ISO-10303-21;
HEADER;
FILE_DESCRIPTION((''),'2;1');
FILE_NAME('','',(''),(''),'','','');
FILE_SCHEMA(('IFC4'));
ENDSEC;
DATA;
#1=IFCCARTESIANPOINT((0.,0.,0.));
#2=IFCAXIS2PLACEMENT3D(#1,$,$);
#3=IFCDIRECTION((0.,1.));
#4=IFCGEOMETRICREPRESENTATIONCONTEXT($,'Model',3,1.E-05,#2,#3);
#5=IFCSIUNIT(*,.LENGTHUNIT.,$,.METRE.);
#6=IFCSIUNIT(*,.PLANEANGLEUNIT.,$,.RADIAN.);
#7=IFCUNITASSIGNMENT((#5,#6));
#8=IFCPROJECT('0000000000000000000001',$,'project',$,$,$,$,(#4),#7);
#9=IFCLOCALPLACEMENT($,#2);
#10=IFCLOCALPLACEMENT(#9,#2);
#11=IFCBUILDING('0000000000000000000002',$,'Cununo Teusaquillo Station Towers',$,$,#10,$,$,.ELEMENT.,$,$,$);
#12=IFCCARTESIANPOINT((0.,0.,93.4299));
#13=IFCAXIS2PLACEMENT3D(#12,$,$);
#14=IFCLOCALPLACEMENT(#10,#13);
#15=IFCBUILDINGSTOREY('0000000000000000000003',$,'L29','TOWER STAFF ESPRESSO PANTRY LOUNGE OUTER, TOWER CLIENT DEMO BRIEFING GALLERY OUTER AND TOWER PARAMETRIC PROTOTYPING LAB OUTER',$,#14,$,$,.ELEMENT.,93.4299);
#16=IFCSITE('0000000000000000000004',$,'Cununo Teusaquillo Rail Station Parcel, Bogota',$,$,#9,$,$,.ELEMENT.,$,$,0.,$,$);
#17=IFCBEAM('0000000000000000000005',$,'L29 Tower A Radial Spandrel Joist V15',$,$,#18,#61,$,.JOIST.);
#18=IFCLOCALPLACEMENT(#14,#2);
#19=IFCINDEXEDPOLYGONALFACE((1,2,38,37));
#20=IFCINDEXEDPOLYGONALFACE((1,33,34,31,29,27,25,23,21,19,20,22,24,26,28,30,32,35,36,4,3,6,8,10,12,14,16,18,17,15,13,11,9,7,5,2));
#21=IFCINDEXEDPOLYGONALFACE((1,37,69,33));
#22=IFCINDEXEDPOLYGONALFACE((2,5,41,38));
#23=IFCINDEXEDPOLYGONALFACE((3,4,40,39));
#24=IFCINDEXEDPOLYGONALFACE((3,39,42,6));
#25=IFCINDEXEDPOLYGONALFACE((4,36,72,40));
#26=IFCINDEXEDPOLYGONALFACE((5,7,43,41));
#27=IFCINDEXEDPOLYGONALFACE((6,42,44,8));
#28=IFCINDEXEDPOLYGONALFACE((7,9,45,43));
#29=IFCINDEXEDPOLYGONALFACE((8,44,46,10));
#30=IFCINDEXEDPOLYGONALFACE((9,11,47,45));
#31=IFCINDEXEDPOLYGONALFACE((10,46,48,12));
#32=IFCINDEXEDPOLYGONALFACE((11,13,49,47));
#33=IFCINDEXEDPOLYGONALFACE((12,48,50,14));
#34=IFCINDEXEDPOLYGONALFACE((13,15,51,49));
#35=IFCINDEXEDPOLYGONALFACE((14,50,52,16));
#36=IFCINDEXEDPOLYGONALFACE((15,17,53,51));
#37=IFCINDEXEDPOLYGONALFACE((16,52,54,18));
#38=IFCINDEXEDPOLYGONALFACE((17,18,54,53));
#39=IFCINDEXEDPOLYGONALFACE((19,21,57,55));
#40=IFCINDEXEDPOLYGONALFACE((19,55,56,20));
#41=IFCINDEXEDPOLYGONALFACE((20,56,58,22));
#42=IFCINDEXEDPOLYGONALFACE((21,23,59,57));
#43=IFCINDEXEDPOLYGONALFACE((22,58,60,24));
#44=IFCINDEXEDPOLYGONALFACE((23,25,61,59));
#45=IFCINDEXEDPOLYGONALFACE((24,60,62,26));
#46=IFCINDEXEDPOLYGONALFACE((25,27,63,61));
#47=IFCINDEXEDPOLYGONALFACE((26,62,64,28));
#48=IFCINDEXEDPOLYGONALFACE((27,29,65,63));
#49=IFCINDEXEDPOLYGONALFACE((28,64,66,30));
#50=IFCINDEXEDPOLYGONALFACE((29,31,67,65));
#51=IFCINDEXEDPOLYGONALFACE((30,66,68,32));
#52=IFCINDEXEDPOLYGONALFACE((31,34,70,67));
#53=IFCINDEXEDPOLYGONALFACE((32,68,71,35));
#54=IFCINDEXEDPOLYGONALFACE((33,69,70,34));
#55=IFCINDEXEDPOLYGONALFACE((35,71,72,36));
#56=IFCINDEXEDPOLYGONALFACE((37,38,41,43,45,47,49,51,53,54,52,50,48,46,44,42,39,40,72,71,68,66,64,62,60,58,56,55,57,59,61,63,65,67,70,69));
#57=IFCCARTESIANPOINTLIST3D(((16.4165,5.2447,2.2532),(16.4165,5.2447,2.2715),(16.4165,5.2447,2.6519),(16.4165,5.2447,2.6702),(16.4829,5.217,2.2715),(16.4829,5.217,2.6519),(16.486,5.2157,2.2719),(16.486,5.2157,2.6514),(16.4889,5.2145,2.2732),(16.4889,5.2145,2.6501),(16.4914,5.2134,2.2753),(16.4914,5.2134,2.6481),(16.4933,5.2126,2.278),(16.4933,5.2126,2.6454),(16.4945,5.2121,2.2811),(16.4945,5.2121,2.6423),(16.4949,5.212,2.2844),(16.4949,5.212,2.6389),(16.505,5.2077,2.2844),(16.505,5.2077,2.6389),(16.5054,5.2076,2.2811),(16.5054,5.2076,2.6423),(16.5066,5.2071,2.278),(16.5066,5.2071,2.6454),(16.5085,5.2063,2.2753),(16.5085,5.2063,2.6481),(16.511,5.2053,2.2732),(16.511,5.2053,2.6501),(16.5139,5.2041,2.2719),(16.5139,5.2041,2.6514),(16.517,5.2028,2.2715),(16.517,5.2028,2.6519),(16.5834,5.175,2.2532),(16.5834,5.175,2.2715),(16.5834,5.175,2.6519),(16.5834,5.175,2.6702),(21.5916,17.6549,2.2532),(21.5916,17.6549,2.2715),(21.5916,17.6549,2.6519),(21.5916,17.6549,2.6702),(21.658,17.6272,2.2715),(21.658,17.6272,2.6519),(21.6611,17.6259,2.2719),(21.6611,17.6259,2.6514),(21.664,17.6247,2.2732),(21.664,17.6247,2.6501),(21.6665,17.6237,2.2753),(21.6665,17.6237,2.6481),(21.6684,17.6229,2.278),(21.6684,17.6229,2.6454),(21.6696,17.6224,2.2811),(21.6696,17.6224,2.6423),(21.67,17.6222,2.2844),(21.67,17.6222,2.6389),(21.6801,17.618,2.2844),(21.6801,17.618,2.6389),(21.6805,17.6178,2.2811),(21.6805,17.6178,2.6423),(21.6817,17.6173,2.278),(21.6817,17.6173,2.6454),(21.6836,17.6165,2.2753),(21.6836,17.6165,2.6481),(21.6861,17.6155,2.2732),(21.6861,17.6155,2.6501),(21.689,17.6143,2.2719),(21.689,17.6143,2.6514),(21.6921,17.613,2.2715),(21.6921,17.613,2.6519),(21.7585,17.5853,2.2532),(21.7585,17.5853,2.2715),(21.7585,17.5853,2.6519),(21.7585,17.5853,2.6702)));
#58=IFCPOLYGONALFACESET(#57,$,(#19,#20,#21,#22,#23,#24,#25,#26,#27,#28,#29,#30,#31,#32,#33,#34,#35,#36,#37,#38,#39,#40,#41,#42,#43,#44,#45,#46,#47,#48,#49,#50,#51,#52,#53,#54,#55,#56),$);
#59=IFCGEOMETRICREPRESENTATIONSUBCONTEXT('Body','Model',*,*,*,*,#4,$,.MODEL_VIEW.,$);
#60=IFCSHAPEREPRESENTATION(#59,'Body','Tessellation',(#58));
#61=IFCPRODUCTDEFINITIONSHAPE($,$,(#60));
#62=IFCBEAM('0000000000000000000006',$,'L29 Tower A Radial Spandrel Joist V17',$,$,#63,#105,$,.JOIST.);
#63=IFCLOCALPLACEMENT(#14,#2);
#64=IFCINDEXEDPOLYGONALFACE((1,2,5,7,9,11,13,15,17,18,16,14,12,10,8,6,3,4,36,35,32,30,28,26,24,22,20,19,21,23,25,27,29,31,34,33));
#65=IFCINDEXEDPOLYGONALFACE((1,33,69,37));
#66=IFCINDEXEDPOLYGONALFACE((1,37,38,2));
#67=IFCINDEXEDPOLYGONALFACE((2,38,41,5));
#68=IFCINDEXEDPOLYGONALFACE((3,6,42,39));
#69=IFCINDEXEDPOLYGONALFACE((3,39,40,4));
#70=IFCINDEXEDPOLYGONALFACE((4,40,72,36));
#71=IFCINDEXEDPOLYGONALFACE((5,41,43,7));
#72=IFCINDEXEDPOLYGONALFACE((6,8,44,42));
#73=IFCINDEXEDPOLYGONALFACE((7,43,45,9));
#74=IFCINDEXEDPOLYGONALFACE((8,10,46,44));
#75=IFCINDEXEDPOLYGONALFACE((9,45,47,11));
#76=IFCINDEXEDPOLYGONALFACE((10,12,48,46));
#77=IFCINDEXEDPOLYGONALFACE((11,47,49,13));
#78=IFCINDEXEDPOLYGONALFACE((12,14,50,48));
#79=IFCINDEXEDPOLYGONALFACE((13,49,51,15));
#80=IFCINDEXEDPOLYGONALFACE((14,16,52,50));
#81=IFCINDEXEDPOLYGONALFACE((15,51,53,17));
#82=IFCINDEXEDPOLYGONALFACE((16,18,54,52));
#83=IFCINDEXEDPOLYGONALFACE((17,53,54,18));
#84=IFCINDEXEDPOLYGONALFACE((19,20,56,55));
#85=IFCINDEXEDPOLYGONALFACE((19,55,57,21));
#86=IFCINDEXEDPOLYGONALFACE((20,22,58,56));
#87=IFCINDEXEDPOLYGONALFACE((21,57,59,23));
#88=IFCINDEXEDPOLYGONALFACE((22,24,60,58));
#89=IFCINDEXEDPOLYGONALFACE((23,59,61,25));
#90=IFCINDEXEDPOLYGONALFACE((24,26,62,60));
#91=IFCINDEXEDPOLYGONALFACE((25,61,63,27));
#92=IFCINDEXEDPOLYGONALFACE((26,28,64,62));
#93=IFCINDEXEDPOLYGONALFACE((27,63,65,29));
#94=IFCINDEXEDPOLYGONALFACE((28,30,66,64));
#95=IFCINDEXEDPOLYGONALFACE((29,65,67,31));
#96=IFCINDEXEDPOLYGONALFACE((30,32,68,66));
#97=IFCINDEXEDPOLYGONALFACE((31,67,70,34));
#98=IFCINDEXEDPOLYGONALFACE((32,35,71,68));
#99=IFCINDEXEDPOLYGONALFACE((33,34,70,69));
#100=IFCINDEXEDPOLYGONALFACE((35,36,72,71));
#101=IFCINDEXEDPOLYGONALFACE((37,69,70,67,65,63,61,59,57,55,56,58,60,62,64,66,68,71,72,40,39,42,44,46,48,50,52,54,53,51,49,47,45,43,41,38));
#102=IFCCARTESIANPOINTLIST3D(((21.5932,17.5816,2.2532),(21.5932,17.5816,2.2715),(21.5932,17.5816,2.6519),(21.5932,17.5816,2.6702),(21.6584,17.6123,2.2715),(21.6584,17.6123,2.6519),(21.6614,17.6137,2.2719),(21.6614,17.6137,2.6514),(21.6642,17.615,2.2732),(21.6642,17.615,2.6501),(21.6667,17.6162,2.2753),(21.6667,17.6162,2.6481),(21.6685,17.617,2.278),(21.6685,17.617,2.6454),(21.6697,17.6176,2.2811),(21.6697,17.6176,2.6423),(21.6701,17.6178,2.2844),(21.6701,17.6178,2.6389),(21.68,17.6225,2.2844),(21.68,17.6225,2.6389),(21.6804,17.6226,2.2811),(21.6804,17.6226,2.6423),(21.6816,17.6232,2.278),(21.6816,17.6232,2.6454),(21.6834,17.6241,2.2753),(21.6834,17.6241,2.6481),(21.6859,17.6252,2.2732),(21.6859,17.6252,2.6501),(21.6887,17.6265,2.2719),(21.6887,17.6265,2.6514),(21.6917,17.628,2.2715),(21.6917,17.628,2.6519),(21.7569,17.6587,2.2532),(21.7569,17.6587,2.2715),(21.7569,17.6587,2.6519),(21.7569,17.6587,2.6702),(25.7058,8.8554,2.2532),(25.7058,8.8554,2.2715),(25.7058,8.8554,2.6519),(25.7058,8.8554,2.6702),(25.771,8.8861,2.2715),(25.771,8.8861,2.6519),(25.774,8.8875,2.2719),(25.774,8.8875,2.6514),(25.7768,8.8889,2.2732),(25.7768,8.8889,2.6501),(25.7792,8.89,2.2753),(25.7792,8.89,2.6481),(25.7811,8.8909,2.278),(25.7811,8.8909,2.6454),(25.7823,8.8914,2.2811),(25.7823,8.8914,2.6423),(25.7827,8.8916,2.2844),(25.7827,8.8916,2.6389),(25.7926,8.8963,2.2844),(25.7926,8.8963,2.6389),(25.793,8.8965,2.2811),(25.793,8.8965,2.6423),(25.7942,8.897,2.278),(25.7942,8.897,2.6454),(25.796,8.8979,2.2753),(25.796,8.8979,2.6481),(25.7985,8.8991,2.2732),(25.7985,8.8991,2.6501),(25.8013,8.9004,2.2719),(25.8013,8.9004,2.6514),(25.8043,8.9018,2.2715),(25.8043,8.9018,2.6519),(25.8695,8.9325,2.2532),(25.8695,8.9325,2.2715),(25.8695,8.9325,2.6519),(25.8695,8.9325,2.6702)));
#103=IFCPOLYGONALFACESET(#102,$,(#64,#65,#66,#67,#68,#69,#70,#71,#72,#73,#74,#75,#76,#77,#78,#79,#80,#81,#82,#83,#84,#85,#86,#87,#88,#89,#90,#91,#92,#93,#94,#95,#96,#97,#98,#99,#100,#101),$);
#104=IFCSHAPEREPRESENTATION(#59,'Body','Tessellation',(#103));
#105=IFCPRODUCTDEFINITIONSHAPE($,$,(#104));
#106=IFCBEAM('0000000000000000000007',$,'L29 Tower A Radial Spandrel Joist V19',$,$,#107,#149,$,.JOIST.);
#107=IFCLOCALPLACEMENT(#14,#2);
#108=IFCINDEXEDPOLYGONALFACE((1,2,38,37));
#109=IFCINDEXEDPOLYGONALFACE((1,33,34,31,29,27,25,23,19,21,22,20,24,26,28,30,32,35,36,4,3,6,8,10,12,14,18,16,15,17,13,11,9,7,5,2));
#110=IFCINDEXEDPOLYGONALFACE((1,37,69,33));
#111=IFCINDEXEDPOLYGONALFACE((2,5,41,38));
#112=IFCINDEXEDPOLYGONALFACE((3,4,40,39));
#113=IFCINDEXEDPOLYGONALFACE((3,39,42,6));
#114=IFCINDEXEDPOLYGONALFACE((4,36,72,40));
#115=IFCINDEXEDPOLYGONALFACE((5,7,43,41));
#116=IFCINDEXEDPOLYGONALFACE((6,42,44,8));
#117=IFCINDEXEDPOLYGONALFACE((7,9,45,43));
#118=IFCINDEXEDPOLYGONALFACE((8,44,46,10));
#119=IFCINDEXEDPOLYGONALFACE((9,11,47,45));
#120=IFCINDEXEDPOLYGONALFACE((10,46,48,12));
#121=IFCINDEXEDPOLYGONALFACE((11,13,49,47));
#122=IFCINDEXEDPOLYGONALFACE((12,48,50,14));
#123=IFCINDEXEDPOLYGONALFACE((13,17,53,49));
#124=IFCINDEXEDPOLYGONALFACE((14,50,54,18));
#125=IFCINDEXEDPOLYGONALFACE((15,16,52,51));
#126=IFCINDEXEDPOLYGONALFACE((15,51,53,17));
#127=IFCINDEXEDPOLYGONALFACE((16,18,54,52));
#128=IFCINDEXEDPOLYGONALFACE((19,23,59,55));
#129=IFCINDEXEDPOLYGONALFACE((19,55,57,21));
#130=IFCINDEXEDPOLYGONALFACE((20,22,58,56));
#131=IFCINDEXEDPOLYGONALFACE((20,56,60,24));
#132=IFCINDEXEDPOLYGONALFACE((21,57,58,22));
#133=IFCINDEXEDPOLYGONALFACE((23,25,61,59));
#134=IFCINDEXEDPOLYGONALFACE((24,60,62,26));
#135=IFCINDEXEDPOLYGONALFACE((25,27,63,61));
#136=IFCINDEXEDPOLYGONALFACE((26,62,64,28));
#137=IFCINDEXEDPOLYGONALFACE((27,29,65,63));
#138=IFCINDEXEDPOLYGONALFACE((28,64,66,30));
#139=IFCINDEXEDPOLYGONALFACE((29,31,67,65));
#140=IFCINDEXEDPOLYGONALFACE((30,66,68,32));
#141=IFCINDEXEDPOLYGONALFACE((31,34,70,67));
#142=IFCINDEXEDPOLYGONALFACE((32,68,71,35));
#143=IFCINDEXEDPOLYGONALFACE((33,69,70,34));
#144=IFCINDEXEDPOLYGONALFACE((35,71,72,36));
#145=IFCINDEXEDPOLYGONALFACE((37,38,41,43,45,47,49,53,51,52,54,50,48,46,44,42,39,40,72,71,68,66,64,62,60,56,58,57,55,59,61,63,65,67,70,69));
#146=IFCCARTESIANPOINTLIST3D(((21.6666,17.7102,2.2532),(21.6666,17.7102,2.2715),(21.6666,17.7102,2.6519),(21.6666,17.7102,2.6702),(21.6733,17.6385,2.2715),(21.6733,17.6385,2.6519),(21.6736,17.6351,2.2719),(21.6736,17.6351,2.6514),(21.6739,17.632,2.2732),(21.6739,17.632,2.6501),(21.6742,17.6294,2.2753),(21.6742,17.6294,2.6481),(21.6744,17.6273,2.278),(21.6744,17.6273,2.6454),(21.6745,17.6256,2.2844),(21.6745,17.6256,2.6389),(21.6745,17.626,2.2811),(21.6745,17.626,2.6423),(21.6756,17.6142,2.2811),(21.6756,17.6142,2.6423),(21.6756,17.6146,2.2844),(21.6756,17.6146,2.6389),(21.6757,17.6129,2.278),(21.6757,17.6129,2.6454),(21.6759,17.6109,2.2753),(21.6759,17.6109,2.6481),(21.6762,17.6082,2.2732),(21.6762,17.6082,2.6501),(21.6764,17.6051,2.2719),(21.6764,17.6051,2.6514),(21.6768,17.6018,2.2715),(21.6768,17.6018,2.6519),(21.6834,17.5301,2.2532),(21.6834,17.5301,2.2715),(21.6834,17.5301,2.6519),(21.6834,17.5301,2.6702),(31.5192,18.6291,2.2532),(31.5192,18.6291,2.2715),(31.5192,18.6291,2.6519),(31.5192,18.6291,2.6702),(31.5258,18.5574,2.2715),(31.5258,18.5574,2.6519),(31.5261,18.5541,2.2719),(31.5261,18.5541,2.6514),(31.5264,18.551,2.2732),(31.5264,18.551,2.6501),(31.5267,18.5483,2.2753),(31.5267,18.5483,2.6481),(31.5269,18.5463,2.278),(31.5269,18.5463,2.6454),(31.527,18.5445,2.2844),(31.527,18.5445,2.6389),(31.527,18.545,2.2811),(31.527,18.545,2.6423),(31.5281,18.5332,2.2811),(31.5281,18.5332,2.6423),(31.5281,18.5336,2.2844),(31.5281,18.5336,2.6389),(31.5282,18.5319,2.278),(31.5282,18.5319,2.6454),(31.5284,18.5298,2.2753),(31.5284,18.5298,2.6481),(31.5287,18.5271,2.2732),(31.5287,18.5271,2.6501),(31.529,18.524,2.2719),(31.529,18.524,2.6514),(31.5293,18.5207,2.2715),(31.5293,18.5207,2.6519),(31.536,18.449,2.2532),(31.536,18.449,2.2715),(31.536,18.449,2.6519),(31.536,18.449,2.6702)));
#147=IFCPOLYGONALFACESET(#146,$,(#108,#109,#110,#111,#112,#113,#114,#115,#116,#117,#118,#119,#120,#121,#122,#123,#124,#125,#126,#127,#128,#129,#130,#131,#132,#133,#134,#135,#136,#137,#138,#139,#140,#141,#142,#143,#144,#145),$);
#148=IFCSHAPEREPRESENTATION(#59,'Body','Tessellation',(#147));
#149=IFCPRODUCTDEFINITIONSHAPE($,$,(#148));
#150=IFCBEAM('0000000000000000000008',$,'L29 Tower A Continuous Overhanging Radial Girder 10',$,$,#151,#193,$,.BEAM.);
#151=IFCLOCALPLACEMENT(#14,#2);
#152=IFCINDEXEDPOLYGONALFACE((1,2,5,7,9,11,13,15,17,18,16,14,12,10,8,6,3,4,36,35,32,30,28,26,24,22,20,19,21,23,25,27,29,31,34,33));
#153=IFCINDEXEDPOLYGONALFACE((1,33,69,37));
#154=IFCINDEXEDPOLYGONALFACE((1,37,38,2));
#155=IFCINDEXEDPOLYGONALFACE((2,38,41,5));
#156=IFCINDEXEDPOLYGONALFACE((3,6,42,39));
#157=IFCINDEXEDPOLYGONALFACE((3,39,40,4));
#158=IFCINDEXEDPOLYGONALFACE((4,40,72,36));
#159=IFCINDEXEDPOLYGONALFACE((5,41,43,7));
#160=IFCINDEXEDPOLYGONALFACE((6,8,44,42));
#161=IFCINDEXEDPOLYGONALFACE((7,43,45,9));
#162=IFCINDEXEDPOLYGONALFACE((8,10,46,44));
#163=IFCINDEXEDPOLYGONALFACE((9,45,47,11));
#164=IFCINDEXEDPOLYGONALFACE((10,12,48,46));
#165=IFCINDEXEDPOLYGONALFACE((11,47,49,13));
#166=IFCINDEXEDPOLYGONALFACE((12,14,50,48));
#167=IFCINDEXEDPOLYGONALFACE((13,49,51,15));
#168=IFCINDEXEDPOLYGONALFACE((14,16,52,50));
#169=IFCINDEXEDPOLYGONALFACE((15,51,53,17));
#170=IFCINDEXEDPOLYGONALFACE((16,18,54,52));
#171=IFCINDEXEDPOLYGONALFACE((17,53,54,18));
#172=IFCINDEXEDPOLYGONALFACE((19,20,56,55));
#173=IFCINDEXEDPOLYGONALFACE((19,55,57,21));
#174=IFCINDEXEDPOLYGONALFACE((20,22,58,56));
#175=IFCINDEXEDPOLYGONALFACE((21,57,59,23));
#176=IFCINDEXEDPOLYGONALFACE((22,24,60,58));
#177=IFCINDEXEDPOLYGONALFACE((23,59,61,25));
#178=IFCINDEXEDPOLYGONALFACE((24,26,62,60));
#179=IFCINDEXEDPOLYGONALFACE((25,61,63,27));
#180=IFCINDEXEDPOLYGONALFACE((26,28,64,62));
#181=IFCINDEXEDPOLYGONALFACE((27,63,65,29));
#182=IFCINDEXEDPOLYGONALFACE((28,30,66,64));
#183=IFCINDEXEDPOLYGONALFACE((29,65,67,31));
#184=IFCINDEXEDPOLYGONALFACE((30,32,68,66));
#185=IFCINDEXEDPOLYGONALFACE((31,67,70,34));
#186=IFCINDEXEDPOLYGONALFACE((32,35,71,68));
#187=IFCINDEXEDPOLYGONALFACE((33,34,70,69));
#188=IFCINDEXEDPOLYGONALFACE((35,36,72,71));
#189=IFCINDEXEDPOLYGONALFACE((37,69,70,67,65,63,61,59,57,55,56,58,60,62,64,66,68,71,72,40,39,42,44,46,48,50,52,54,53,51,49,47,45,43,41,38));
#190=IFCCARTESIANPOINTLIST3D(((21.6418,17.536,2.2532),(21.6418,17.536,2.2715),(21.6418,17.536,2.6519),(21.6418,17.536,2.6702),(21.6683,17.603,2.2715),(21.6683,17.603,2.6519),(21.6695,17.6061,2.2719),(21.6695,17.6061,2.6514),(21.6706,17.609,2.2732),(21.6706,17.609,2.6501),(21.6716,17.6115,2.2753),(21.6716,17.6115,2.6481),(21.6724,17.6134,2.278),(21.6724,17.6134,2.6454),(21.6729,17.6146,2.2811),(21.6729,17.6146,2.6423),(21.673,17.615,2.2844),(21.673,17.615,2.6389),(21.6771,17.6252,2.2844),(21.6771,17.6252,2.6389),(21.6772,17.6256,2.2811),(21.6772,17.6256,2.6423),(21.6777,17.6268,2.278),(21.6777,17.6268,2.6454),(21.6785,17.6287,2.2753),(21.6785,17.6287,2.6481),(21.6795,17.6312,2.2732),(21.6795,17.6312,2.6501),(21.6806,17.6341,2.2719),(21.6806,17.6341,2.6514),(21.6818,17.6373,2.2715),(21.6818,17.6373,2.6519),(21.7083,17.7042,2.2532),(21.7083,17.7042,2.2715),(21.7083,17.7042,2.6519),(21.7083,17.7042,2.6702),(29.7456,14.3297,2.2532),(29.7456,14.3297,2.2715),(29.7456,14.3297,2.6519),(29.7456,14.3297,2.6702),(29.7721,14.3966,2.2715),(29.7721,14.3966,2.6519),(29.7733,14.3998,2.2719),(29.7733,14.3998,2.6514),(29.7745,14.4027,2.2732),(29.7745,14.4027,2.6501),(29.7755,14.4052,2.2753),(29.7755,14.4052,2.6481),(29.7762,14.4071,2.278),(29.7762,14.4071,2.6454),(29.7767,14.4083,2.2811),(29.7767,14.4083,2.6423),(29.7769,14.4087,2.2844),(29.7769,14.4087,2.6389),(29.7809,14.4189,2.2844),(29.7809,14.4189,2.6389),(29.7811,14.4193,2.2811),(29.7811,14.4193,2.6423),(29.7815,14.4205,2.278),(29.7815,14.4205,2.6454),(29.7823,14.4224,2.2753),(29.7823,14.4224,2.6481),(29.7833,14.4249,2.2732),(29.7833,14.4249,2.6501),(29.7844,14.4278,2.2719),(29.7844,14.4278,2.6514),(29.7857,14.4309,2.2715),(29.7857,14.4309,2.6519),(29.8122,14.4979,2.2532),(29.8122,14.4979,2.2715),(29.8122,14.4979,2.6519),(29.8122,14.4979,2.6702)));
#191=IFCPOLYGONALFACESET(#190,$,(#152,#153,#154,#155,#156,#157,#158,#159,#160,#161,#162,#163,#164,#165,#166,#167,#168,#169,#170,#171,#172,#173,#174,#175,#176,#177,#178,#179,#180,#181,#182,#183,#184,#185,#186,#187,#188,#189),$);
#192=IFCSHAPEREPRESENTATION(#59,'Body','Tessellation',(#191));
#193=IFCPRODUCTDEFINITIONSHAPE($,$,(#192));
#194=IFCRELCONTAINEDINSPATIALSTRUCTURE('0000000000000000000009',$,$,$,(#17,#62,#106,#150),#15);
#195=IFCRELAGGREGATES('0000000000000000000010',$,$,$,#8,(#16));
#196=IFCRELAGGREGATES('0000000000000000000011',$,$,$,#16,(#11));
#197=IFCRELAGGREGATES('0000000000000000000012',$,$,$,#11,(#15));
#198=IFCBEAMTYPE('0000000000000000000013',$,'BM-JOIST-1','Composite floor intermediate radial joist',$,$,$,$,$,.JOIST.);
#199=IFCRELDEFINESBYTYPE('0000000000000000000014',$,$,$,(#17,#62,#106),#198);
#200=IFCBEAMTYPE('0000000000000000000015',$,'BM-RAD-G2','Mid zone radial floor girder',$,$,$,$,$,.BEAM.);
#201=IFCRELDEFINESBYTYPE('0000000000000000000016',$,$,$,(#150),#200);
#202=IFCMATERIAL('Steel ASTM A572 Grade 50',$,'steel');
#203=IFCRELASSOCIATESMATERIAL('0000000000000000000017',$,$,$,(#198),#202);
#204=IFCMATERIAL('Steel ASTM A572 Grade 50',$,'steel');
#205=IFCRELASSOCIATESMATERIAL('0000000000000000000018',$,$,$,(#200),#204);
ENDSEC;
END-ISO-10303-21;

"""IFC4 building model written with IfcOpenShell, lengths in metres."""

from ifc_helpers import new_model, si_unit, direction, frame, origin, origin_2d, place, context, subcontext, project, spatial, i_section, extrude, material, material_profile, profile_set, type_object, element, save


model = new_model("IFC4")

# Units and contexts
model_context = context("Model", 3, precision=1e-05, world=origin(), true_north=direction((0.0, 1.0)))
body_context = subcontext(model_context, "Body", "Model", "MODEL_VIEW")
ifc_project = project(units=[si_unit("LENGTHUNIT", "METRE"), si_unit("PLANEANGLEUNIT", "RADIAN")], contexts=[model_context])

# Site, building, storey
site_placement = place(None, origin())
site = spatial("IfcSite", under=ifc_project, at=site_placement, Name="Cununo Teusaquillo Rail Station Parcel, Bogota", CompositionType="ELEMENT", RefElevation=0.0)
building_placement = place(site_placement, origin())
building = spatial("IfcBuilding", under=site, at=building_placement, Name="Cununo Teusaquillo Station Towers", CompositionType="ELEMENT")
storey_placement = place(building_placement, frame((0.0, 0.0, 93.4299)))
storey = spatial("IfcBuildingStorey", under=building, at=storey_placement, Name="L29", Description="TOWER STAFF ESPRESSO PANTRY LOUNGE OUTER, TOWER CLIENT DEMO BRIEFING GALLERY OUTER AND TOWER PARAMETRIC PROTOTYPING LAB OUTER", CompositionType="ELEMENT", Elevation=93.4299)

# Beams
ifc_material_1 = material(Name="Steel ASTM A572 Grade 50", Category="steel")
ifc_material_profile_1 = material_profile(ifc_material_1, i_section(OverallWidth=0.1809, OverallDepth=0.417, WebThickness=0.011, FlangeThickness=0.0183, FilletRadius=0.0129, at=origin_2d()), Name="W16X57")
ifc_profile_set_1 = profile_set([ifc_material_profile_1], Name="Steel ASTM A572 Grade 50")
beam_type_1 = type_object("IfcBeamType", Name="BM-JOIST-1", Description="Composite floor intermediate radial joist", PredefinedType="JOIST", material=ifc_profile_set_1)
beam_1_placement = place(storey_placement, frame((21.675, 17.6201, 2.4617), z_axis=(-0.384878, -0.922967, 0.0), x_axis=(0.922967, -0.384878, 0.0)))
element("IfcBeam", 1, at=beam_1_placement, inside=storey, type_object=beam_type_1, Name="L29 Tower A Radial Spandrel Joist V15", PredefinedType="JOIST", context=body_context, shape_type="SweptSolid", body=[
    extrude(i_section(OverallWidth=0.1809, OverallDepth=0.417, WebThickness=0.011, FlangeThickness=0.0183, FilletRadius=0.0129, at=origin_2d()), origin(), (0.0, 0.0, 1.0), 13.446),
])
beam_2_placement = place(storey_placement, frame((21.675, 17.6201, 2.4617), z_axis=(0.42632, -0.904572, 0.0), x_axis=(0.904572, 0.42632, 0.0)))
element("IfcBeam", 2, at=beam_2_placement, inside=storey, type_object=beam_type_1, Name="L29 Tower A Radial Spandrel Joist V17", PredefinedType="JOIST", context=body_context, shape_type="SweptSolid", body=[
    extrude(i_section(OverallWidth=0.1809, OverallDepth=0.417, WebThickness=0.011, FlangeThickness=0.0183, FilletRadius=0.0129, at=origin_2d()), origin(), (0.0, 0.0, 1.0), 9.6467),
])
beam_3_placement = place(storey_placement, frame((21.675, 17.6201, 2.4617), z_axis=(0.995679, 0.092867, 0.0), x_axis=(-0.092867, 0.995679, 0.0)))
element("IfcBeam", 3, at=beam_3_placement, inside=storey, type_object=beam_type_1, Name="L29 Tower A Radial Spandrel Joist V19", PredefinedType="JOIST", context=body_context, shape_type="SweptSolid", body=[
    extrude(i_section(OverallWidth=0.1809, OverallDepth=0.417, WebThickness=0.011, FlangeThickness=0.0183, FilletRadius=0.0129, at=origin_2d()), origin(), (0.0, 0.0, 1.0), 9.8953),
])
ifc_material_2 = material(Name="Steel ASTM A572 Grade 50", Category="steel")
ifc_material_profile_2 = material_profile(ifc_material_2, i_section(OverallWidth=0.1809, OverallDepth=0.417, WebThickness=0.011, FlangeThickness=0.0183, FilletRadius=0.0129, at=origin_2d()), Name="W16X57")
ifc_profile_set_2 = profile_set([ifc_material_profile_2], Name="Steel ASTM A572 Grade 50")
beam_type_2 = type_object("IfcBeamType", Name="BM-RAD-G2", Description="Mid zone radial floor girder", PredefinedType="BEAM", material=ifc_profile_set_2)
beam_4_placement = place(storey_placement, frame((21.675, 17.6201, 2.4617), z_axis=(0.929863, -0.367906, 0.0), x_axis=(0.367906, 0.929863, 0.0)))
element("IfcBeam", 4, at=beam_4_placement, inside=storey, type_object=beam_type_2, Name="L29 Tower A Continuous Overhanging Radial Girder 10", PredefinedType="BEAM", context=body_context, shape_type="SweptSolid", body=[
    extrude(i_section(OverallWidth=0.1809, OverallDepth=0.417, WebThickness=0.011, FlangeThickness=0.0183, FilletRadius=0.0129, at=origin_2d()), origin(), (0.0, 0.0, 1.0), 8.7151),
])

save(model, "model.ifc")
